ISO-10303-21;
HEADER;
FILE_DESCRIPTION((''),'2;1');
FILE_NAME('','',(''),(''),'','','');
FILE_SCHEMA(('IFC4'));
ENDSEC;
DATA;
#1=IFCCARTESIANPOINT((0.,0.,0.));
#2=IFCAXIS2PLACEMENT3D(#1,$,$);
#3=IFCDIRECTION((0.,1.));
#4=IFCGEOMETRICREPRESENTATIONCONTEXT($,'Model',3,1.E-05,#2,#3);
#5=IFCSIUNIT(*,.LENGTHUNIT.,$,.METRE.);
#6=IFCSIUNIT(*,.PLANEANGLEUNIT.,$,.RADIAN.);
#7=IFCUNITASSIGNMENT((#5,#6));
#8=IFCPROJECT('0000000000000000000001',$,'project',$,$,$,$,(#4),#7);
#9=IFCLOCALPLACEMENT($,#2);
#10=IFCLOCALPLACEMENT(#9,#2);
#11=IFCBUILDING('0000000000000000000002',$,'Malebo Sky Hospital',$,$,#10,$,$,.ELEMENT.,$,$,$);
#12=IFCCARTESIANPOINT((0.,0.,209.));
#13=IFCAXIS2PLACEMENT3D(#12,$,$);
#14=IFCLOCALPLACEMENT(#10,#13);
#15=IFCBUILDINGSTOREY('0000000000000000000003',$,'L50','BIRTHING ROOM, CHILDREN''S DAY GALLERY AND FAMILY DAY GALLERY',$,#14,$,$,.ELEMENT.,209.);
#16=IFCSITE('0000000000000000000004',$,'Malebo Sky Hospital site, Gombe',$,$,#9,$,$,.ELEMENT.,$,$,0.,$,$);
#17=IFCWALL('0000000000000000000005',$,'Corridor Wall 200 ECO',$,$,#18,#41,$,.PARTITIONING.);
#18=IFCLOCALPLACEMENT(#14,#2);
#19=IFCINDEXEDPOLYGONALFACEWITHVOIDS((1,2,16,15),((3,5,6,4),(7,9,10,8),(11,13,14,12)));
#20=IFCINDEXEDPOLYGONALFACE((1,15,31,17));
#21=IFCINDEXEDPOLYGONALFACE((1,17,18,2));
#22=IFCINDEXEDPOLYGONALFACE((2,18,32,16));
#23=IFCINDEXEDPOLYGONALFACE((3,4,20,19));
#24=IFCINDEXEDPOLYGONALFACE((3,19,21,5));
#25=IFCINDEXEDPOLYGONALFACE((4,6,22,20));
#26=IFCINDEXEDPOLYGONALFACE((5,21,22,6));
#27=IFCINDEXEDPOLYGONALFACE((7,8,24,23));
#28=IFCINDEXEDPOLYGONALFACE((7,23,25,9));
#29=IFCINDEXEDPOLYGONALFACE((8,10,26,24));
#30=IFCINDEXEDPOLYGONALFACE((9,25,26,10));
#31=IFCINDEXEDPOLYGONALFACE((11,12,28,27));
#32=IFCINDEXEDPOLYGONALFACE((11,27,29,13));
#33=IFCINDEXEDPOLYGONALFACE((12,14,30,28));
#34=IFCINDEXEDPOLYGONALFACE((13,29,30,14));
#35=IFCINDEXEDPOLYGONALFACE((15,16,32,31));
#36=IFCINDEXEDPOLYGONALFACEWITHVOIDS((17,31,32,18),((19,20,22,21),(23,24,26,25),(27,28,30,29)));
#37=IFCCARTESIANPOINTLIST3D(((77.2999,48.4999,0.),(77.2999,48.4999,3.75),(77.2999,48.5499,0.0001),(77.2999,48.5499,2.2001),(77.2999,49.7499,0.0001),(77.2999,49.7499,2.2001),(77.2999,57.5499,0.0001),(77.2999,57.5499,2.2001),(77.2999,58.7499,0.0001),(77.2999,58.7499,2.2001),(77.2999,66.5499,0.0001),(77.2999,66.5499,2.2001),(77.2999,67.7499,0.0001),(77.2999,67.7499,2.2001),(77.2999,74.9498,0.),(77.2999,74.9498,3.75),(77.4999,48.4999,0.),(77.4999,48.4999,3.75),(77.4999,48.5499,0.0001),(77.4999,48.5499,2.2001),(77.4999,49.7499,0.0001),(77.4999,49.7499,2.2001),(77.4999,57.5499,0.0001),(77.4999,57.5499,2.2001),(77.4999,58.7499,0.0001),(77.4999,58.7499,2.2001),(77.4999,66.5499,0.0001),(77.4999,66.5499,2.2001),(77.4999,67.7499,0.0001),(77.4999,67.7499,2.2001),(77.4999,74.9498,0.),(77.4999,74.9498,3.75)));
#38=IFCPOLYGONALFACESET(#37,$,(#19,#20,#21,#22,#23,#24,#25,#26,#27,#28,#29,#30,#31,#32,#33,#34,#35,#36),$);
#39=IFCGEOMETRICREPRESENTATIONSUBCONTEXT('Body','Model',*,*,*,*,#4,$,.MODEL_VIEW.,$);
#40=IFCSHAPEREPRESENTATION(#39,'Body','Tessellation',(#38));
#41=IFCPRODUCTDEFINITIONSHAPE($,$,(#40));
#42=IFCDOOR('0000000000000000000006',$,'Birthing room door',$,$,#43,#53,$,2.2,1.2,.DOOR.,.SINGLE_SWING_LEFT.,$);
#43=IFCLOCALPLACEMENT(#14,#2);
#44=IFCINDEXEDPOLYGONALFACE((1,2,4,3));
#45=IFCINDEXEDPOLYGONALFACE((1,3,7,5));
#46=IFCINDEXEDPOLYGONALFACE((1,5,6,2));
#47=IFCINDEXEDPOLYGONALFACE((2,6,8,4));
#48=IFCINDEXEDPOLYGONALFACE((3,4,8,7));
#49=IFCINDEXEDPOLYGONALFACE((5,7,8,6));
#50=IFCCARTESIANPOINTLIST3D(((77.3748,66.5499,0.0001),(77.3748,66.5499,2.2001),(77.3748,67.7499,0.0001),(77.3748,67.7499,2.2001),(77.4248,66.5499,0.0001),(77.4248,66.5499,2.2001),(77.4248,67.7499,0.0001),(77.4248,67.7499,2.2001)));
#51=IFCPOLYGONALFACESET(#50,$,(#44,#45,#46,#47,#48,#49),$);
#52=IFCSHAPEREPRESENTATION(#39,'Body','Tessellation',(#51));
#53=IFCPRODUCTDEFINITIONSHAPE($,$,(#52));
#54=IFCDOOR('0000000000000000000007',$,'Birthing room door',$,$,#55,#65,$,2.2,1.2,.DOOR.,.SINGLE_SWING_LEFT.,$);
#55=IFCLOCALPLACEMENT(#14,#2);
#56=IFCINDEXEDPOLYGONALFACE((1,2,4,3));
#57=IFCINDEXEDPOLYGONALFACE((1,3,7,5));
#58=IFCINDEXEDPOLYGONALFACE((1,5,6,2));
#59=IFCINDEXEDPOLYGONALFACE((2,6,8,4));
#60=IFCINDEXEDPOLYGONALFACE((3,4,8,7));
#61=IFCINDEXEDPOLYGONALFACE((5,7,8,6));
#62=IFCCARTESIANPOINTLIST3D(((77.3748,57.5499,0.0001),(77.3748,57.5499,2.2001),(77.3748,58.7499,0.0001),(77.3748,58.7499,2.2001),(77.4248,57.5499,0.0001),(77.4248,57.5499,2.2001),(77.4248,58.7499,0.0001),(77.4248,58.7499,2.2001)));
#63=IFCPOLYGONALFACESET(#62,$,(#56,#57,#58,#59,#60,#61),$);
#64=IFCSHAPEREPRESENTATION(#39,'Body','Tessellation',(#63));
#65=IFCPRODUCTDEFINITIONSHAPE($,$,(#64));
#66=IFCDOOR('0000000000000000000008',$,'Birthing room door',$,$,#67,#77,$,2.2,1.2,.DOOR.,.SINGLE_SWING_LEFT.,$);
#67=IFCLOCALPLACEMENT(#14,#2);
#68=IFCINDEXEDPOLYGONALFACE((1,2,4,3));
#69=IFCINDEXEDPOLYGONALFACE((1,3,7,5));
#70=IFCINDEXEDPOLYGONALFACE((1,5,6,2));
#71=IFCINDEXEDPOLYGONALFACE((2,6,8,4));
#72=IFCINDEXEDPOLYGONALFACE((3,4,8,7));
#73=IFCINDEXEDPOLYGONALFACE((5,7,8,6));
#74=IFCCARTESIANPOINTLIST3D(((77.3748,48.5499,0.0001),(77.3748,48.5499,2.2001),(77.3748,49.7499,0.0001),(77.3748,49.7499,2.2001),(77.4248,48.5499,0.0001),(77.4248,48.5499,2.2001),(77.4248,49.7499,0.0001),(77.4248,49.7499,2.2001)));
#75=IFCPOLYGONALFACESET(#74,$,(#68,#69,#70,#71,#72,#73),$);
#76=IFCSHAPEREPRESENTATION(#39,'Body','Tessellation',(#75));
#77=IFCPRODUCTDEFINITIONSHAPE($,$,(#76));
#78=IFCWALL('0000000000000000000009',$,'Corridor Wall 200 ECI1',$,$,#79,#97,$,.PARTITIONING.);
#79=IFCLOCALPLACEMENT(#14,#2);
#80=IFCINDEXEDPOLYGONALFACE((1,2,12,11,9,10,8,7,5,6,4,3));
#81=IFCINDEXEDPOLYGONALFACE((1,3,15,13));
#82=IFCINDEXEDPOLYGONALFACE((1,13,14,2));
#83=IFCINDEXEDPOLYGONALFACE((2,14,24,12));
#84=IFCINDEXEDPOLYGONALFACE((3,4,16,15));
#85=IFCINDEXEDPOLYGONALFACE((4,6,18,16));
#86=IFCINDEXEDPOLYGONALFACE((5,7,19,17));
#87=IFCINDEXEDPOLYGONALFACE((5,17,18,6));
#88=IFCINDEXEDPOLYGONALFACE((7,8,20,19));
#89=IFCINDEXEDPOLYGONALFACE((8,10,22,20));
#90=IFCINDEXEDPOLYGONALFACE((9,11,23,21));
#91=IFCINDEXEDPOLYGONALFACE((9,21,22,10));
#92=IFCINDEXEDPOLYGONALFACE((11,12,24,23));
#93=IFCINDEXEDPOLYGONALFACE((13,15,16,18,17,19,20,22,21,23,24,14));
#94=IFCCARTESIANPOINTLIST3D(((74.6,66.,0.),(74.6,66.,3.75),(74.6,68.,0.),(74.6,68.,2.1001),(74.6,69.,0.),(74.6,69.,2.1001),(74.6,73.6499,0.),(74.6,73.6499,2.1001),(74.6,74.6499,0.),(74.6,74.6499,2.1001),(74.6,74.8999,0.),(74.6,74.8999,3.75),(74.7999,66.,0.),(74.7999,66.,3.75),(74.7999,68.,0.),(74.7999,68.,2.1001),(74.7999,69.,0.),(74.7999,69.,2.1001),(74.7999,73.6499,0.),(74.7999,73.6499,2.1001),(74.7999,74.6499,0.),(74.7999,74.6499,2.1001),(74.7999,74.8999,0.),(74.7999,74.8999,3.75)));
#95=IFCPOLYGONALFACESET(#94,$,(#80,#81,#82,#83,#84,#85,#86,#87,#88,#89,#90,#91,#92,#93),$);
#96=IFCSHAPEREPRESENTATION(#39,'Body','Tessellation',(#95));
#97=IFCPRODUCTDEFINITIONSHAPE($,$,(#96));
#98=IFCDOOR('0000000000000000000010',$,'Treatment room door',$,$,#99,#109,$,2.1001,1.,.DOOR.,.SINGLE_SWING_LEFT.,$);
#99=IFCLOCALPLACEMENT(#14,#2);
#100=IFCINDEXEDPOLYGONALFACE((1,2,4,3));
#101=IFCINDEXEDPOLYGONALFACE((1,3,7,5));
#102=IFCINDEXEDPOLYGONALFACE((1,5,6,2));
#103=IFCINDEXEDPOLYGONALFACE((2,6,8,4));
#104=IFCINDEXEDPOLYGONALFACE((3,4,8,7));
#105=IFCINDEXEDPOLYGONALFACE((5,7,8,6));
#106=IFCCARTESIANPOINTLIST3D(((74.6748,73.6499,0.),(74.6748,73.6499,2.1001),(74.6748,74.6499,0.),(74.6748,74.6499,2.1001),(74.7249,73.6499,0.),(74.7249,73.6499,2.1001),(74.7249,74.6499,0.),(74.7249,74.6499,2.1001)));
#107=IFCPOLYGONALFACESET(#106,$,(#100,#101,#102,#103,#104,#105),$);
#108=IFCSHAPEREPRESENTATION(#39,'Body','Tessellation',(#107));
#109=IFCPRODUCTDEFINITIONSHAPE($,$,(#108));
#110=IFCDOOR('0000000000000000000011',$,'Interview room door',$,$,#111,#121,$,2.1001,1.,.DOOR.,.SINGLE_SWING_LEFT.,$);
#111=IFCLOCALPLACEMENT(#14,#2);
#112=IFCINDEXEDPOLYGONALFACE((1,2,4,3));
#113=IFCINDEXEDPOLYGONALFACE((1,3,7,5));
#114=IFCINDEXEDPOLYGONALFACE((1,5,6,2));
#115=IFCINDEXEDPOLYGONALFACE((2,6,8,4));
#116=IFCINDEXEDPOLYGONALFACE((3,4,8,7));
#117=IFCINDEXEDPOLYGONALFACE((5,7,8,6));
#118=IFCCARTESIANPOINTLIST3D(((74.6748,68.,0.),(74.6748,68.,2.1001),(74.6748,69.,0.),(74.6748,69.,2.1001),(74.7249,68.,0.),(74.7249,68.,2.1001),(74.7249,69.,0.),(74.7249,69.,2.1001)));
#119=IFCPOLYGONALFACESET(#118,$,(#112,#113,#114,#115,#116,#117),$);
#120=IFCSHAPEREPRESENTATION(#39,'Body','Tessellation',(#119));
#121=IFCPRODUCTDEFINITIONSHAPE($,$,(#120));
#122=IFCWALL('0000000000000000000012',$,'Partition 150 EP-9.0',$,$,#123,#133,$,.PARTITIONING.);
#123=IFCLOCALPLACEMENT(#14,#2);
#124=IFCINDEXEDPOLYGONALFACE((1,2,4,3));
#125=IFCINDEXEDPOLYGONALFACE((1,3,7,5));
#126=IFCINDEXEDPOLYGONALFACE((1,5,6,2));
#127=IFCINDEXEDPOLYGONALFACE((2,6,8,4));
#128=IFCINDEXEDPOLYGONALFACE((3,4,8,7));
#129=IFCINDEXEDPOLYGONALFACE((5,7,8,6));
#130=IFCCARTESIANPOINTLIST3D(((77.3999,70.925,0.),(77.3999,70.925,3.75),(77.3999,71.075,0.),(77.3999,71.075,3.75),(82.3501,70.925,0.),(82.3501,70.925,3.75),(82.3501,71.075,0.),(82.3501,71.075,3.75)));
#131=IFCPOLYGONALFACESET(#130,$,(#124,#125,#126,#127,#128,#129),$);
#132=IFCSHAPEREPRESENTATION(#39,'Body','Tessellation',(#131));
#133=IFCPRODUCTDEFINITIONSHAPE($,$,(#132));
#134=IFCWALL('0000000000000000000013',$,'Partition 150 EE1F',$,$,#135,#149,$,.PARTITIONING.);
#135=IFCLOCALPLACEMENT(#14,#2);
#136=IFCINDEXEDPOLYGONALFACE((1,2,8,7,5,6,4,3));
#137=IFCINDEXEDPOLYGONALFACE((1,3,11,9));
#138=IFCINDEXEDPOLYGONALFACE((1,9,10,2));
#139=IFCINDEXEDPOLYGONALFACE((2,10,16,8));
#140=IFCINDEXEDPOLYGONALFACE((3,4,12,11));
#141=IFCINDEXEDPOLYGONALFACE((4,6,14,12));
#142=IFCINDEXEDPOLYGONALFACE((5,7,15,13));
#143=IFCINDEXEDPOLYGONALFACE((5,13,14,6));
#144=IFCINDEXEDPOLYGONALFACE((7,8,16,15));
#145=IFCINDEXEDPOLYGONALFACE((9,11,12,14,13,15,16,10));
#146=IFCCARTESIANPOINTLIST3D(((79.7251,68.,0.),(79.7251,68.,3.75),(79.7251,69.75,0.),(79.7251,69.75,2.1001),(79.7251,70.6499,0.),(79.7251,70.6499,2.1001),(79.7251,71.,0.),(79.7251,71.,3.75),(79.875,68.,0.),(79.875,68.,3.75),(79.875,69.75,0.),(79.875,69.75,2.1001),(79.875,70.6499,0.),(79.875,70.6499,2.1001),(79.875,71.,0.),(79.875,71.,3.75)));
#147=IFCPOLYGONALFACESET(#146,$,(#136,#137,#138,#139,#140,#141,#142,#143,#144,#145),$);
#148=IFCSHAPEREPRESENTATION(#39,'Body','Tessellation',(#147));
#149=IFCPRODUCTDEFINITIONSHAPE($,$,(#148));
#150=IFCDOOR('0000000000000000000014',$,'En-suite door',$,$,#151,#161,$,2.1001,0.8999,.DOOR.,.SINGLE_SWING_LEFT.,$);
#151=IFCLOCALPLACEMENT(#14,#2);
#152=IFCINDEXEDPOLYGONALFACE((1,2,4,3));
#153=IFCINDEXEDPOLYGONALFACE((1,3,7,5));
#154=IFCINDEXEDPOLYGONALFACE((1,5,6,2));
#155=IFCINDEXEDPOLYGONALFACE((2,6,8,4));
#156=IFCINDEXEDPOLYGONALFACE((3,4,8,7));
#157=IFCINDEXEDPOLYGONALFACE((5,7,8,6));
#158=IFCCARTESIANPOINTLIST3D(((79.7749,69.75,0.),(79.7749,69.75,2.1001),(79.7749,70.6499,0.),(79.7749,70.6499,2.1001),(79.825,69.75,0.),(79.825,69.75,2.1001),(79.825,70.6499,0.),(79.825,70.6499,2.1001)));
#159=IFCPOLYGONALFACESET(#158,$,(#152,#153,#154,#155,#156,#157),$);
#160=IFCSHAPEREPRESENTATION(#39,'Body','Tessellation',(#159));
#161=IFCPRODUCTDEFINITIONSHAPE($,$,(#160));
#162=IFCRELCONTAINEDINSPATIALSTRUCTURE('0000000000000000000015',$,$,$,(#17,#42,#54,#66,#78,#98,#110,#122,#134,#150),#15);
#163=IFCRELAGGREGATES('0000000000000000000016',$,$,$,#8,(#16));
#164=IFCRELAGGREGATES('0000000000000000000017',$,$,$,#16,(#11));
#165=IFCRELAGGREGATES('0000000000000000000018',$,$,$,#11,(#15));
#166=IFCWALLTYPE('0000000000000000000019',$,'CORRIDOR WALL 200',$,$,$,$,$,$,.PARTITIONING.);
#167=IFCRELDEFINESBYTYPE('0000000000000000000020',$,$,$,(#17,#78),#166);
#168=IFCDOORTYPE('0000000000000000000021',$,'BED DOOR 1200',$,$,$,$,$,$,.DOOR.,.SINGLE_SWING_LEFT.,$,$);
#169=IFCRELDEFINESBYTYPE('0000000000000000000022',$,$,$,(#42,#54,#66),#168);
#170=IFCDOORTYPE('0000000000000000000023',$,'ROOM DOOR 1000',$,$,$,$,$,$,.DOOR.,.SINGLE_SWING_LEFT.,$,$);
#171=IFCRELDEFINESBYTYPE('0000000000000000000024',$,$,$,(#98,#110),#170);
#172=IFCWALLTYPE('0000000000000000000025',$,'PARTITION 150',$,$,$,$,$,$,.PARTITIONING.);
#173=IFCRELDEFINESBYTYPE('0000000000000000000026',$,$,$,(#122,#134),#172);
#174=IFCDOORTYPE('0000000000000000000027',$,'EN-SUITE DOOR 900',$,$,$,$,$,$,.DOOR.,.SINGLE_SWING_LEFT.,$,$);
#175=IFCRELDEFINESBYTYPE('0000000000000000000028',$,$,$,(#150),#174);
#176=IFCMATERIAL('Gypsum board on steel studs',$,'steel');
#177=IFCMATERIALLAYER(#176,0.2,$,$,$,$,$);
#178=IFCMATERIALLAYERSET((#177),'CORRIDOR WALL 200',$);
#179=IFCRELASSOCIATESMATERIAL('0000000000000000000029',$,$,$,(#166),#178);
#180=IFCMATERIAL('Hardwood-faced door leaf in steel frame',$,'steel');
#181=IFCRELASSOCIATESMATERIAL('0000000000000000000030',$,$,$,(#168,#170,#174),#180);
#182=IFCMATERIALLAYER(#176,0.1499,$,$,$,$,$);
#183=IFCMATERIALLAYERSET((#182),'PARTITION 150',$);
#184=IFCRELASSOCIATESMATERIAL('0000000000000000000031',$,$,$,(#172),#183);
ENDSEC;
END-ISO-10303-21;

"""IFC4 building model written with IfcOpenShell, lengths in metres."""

from ifc_helpers import new_model, si_unit, direction, frame, frame_2d, origin, place, context, subcontext, project, spatial, rectangle, extrude, material, layer, layer_set, type_object, element, fill, save


model = new_model("IFC4")

# Units and contexts
model_context = context("Model", 3, precision=1e-05, world=origin(), true_north=direction((0.0, 1.0)))
body_context = subcontext(model_context, "Body", "Model", "MODEL_VIEW")
ifc_project = project(units=[si_unit("LENGTHUNIT", "METRE"), si_unit("PLANEANGLEUNIT", "RADIAN")], contexts=[model_context])

# Site, building, storey
site_placement = place(None, origin())
site = spatial("IfcSite", under=ifc_project, at=site_placement, Name="Malebo Sky Hospital site, Gombe", CompositionType="ELEMENT", RefElevation=0.0)
building_placement = place(site_placement, origin())
building = spatial("IfcBuilding", under=site, at=building_placement, Name="Malebo Sky Hospital", CompositionType="ELEMENT")
storey_placement = place(building_placement, frame((0.0, 0.0, 209.0)))
storey = spatial("IfcBuildingStorey", under=building, at=storey_placement, Name="L50", Description="BIRTHING ROOM, CHILDREN'S DAY GALLERY AND FAMILY DAY GALLERY", CompositionType="ELEMENT", Elevation=209.0)

# Walls, openings, doors
ifc_material_1 = material(Name="Gypsum board on steel studs", Category="steel")
ifc_layer_1 = layer(ifc_material_1, 0.2)
ifc_layer_set_1 = layer_set([ifc_layer_1], Name="CORRIDOR WALL 200")
wall_type_1 = type_object("IfcWallType", Name="CORRIDOR WALL 200", PredefinedType="PARTITIONING", material=ifc_layer_set_1)
wall_1_placement = place(storey_placement, frame((77.3999, 74.95, 0.0), z_axis=(0.0, 0.0, 1.0), x_axis=(0.0, -1.0, 0.0)))
wall_1 = element("IfcWall", 1, at=wall_1_placement, inside=storey, type_object=wall_type_1, Name="Corridor Wall 200 ECO", PredefinedType="PARTITIONING", context=body_context, shape_type="SweptSolid", body=[
    extrude(rectangle(XDim=26.45, YDim=0.2, at=frame_2d((13.2251, 0.0))), origin(), (0.0, 0.0, 1.0), 3.75),
])
opening_1_placement = place(wall_1_placement, frame((7.2, 0.0, 0.0)))
opening_1 = element("IfcOpeningElement", 2, at=opening_1_placement, cuts=wall_1, PredefinedType="OPENING", context=body_context, shape_type="SweptSolid", body=[
    extrude(rectangle(XDim=1.2, YDim=2.2, at=frame_2d((0.6001, 1.1001))), frame((0.0, 0.1099, 0.0), z_axis=(0.0, -1.0, 0.0), x_axis=(1.0, 0.0, 0.0)), (0.0, 0.0, 1.0), 0.22),
])
opening_2_placement = place(wall_1_placement, frame((16.2, 0.0, 0.0)))
opening_2 = element("IfcOpeningElement", 3, at=opening_2_placement, cuts=wall_1, PredefinedType="OPENING", context=body_context, shape_type="SweptSolid", body=[
    extrude(rectangle(XDim=1.2, YDim=2.2, at=frame_2d((0.6001, 1.1001))), frame((0.0, 0.1099, 0.0), z_axis=(0.0, -1.0, 0.0), x_axis=(1.0, 0.0, 0.0)), (0.0, 0.0, 1.0), 0.22),
])
opening_3_placement = place(wall_1_placement, frame((25.2, 0.0, 0.0)))
opening_3 = element("IfcOpeningElement", 4, at=opening_3_placement, cuts=wall_1, PredefinedType="OPENING", context=body_context, shape_type="SweptSolid", body=[
    extrude(rectangle(XDim=1.2, YDim=2.2, at=frame_2d((0.6001, 1.1001))), frame((0.0, 0.1099, 0.0), z_axis=(0.0, -1.0, 0.0), x_axis=(1.0, 0.0, 0.0)), (0.0, 0.0, 1.0), 0.22),
])
ifc_material_2 = material(Name="Hardwood-faced door leaf in steel frame", Category="steel")
door_type_1 = type_object("IfcDoorType", Name="BED DOOR 1200", OperationType="SINGLE_SWING_LEFT", PredefinedType="DOOR", material=ifc_material_2)
door_1_placement = place(opening_1_placement, origin())
door_1 = element("IfcDoor", 5, at=door_1_placement, inside=storey, type_object=door_type_1, Name="Birthing room door", OperationType="SINGLE_SWING_LEFT", OverallHeight=2.2, OverallWidth=1.2, PredefinedType="DOOR", context=body_context, shape_type="SweptSolid", body=[
    extrude(rectangle(XDim=1.2, YDim=2.2, at=frame_2d((0.6001, 1.1001))), frame((0.0, 0.0249, 0.0), z_axis=(0.0, -1.0, 0.0), x_axis=(1.0, 0.0, 0.0)), (0.0, 0.0, 1.0), 0.05),
])
fill(opening_1, door_1)
door_2_placement = place(opening_2_placement, origin())
door_2 = element("IfcDoor", 6, at=door_2_placement, inside=storey, type_object=door_type_1, Name="Birthing room door", OperationType="SINGLE_SWING_LEFT", OverallHeight=2.2, OverallWidth=1.2, PredefinedType="DOOR", context=body_context, shape_type="SweptSolid", body=[
    extrude(rectangle(XDim=1.2, YDim=2.2, at=frame_2d((0.6001, 1.1001))), frame((0.0, 0.0249, 0.0), z_axis=(0.0, -1.0, 0.0), x_axis=(1.0, 0.0, 0.0)), (0.0, 0.0, 1.0), 0.05),
])
fill(opening_2, door_2)
door_3_placement = place(opening_3_placement, origin())
door_3 = element("IfcDoor", 7, at=door_3_placement, inside=storey, type_object=door_type_1, Name="Birthing room door", OperationType="SINGLE_SWING_LEFT", OverallHeight=2.2, OverallWidth=1.2, PredefinedType="DOOR", context=body_context, shape_type="SweptSolid", body=[
    extrude(rectangle(XDim=1.2, YDim=2.2, at=frame_2d((0.6001, 1.1001))), frame((0.0, 0.0249, 0.0), z_axis=(0.0, -1.0, 0.0), x_axis=(1.0, 0.0, 0.0)), (0.0, 0.0, 1.0), 0.05),
])
fill(opening_3, door_3)
wall_2_placement = place(storey_placement, frame((74.7, 74.8999, 0.0), z_axis=(0.0, 0.0, 1.0), x_axis=(0.0, -1.0, 0.0)))
wall_2 = element("IfcWall", 8, at=wall_2_placement, inside=storey, type_object=wall_type_1, Name="Corridor Wall 200 ECI1", PredefinedType="PARTITIONING", context=body_context, shape_type="SweptSolid", body=[
    extrude(rectangle(XDim=8.8999, YDim=0.2, at=frame_2d((4.45, 0.0))), origin(), (0.0, 0.0, 1.0), 3.75),
])
opening_4_placement = place(wall_2_placement, frame((0.25, 0.0, 0.0)))
opening_4 = element("IfcOpeningElement", 9, at=opening_4_placement, cuts=wall_2, PredefinedType="OPENING", context=body_context, shape_type="SweptSolid", body=[
    extrude(rectangle(XDim=1.0, YDim=2.1001, at=frame_2d((0.5, 1.05))), frame((0.0, 0.1099, 0.0), z_axis=(0.0, -1.0, 0.0), x_axis=(1.0, 0.0, 0.0)), (0.0, 0.0, 1.0), 0.22),
])
opening_5_placement = place(wall_2_placement, frame((5.8999, 0.0, 0.0)))
opening_5 = element("IfcOpeningElement", 10, at=opening_5_placement, cuts=wall_2, PredefinedType="OPENING", context=body_context, shape_type="SweptSolid", body=[
    extrude(rectangle(XDim=1.0, YDim=2.1001, at=frame_2d((0.5, 1.05))), frame((0.0, 0.1099, 0.0), z_axis=(0.0, -1.0, 0.0), x_axis=(1.0, 0.0, 0.0)), (0.0, 0.0, 1.0), 0.22),
])
door_type_2 = type_object("IfcDoorType", Name="ROOM DOOR 1000", OperationType="SINGLE_SWING_LEFT", PredefinedType="DOOR", material=ifc_material_2)
door_4_placement = place(opening_4_placement, origin())
door_4 = element("IfcDoor", 11, at=door_4_placement, inside=storey, type_object=door_type_2, Name="Treatment room door", OperationType="SINGLE_SWING_LEFT", OverallHeight=2.1001, OverallWidth=1.0, PredefinedType="DOOR", context=body_context, shape_type="SweptSolid", body=[
    extrude(rectangle(XDim=1.0, YDim=2.1001, at=frame_2d((0.5, 1.05))), frame((0.0, 0.0249, 0.0), z_axis=(0.0, -1.0, 0.0), x_axis=(1.0, 0.0, 0.0)), (0.0, 0.0, 1.0), 0.05),
])
fill(opening_4, door_4)
door_5_placement = place(opening_5_placement, origin())
door_5 = element("IfcDoor", 12, at=door_5_placement, inside=storey, type_object=door_type_2, Name="Interview room door", OperationType="SINGLE_SWING_LEFT", OverallHeight=2.1001, OverallWidth=1.0, PredefinedType="DOOR", context=body_context, shape_type="SweptSolid", body=[
    extrude(rectangle(XDim=1.0, YDim=2.1001, at=frame_2d((0.5, 1.05))), frame((0.0, 0.0249, 0.0), z_axis=(0.0, -1.0, 0.0), x_axis=(1.0, 0.0, 0.0)), (0.0, 0.0, 1.0), 0.05),
])
fill(opening_5, door_5)

# Wall
ifc_layer_2 = layer(ifc_material_1, 0.1499)
ifc_layer_set_2 = layer_set([ifc_layer_2], Name="PARTITION 150")
wall_type_2 = type_object("IfcWallType", Name="PARTITION 150", PredefinedType="PARTITIONING", material=ifc_layer_set_2)
wall_3_placement = place(storey_placement, frame((77.3999, 71.0, 0.0), z_axis=(0.0, 0.0, 1.0), x_axis=(1.0, 0.0, 0.0)))
element("IfcWall", 13, at=wall_3_placement, inside=storey, type_object=wall_type_2, Name="Partition 150 EP-9.0", PredefinedType="PARTITIONING", context=body_context, shape_type="SweptSolid", body=[
    extrude(rectangle(XDim=4.9502, YDim=0.1499, at=frame_2d((2.4751, 0.0))), origin(), (0.0, 0.0, 1.0), 3.75),
])

# Wall, opening, door
wall_4_placement = place(storey_placement, frame((79.8, 71.0, 0.0), z_axis=(0.0, 0.0, 1.0), x_axis=(0.0, -1.0, 0.0)))
wall_4 = element("IfcWall", 14, at=wall_4_placement, inside=storey, type_object=wall_type_2, Name="Partition 150 EE1F", PredefinedType="PARTITIONING", context=body_context, shape_type="SweptSolid", body=[
    extrude(rectangle(XDim=3.0, YDim=0.1499, at=frame_2d((1.5, 0.0))), origin(), (0.0, 0.0, 1.0), 3.75),
])
opening_6_placement = place(wall_4_placement, frame((0.3501, 0.0, 0.0)))
opening_6 = element("IfcOpeningElement", 15, at=opening_6_placement, cuts=wall_4, PredefinedType="OPENING", context=body_context, shape_type="SweptSolid", body=[
    extrude(rectangle(XDim=0.8999, YDim=2.1001, at=frame_2d((0.45, 1.05))), frame((0.0, 0.085, 0.0), z_axis=(0.0, -1.0, 0.0), x_axis=(1.0, 0.0, 0.0)), (0.0, 0.0, 1.0), 0.1699),
])
door_type_3 = type_object("IfcDoorType", Name="EN-SUITE DOOR 900", OperationType="SINGLE_SWING_LEFT", PredefinedType="DOOR", material=ifc_material_2)
door_6_placement = place(opening_6_placement, origin())
door_6 = element("IfcDoor", 16, at=door_6_placement, inside=storey, type_object=door_type_3, Name="En-suite door", OperationType="SINGLE_SWING_LEFT", OverallHeight=2.1001, OverallWidth=0.8999, PredefinedType="DOOR", context=body_context, shape_type="SweptSolid", body=[
    extrude(rectangle(XDim=0.8999, YDim=2.1001, at=frame_2d((0.45, 1.05))), frame((0.0, 0.0249, 0.0), z_axis=(0.0, -1.0, 0.0), x_axis=(1.0, 0.0, 0.0)), (0.0, 0.0, 1.0), 0.05),
])
fill(opening_6, door_6)

save(model, "model.ifc")
